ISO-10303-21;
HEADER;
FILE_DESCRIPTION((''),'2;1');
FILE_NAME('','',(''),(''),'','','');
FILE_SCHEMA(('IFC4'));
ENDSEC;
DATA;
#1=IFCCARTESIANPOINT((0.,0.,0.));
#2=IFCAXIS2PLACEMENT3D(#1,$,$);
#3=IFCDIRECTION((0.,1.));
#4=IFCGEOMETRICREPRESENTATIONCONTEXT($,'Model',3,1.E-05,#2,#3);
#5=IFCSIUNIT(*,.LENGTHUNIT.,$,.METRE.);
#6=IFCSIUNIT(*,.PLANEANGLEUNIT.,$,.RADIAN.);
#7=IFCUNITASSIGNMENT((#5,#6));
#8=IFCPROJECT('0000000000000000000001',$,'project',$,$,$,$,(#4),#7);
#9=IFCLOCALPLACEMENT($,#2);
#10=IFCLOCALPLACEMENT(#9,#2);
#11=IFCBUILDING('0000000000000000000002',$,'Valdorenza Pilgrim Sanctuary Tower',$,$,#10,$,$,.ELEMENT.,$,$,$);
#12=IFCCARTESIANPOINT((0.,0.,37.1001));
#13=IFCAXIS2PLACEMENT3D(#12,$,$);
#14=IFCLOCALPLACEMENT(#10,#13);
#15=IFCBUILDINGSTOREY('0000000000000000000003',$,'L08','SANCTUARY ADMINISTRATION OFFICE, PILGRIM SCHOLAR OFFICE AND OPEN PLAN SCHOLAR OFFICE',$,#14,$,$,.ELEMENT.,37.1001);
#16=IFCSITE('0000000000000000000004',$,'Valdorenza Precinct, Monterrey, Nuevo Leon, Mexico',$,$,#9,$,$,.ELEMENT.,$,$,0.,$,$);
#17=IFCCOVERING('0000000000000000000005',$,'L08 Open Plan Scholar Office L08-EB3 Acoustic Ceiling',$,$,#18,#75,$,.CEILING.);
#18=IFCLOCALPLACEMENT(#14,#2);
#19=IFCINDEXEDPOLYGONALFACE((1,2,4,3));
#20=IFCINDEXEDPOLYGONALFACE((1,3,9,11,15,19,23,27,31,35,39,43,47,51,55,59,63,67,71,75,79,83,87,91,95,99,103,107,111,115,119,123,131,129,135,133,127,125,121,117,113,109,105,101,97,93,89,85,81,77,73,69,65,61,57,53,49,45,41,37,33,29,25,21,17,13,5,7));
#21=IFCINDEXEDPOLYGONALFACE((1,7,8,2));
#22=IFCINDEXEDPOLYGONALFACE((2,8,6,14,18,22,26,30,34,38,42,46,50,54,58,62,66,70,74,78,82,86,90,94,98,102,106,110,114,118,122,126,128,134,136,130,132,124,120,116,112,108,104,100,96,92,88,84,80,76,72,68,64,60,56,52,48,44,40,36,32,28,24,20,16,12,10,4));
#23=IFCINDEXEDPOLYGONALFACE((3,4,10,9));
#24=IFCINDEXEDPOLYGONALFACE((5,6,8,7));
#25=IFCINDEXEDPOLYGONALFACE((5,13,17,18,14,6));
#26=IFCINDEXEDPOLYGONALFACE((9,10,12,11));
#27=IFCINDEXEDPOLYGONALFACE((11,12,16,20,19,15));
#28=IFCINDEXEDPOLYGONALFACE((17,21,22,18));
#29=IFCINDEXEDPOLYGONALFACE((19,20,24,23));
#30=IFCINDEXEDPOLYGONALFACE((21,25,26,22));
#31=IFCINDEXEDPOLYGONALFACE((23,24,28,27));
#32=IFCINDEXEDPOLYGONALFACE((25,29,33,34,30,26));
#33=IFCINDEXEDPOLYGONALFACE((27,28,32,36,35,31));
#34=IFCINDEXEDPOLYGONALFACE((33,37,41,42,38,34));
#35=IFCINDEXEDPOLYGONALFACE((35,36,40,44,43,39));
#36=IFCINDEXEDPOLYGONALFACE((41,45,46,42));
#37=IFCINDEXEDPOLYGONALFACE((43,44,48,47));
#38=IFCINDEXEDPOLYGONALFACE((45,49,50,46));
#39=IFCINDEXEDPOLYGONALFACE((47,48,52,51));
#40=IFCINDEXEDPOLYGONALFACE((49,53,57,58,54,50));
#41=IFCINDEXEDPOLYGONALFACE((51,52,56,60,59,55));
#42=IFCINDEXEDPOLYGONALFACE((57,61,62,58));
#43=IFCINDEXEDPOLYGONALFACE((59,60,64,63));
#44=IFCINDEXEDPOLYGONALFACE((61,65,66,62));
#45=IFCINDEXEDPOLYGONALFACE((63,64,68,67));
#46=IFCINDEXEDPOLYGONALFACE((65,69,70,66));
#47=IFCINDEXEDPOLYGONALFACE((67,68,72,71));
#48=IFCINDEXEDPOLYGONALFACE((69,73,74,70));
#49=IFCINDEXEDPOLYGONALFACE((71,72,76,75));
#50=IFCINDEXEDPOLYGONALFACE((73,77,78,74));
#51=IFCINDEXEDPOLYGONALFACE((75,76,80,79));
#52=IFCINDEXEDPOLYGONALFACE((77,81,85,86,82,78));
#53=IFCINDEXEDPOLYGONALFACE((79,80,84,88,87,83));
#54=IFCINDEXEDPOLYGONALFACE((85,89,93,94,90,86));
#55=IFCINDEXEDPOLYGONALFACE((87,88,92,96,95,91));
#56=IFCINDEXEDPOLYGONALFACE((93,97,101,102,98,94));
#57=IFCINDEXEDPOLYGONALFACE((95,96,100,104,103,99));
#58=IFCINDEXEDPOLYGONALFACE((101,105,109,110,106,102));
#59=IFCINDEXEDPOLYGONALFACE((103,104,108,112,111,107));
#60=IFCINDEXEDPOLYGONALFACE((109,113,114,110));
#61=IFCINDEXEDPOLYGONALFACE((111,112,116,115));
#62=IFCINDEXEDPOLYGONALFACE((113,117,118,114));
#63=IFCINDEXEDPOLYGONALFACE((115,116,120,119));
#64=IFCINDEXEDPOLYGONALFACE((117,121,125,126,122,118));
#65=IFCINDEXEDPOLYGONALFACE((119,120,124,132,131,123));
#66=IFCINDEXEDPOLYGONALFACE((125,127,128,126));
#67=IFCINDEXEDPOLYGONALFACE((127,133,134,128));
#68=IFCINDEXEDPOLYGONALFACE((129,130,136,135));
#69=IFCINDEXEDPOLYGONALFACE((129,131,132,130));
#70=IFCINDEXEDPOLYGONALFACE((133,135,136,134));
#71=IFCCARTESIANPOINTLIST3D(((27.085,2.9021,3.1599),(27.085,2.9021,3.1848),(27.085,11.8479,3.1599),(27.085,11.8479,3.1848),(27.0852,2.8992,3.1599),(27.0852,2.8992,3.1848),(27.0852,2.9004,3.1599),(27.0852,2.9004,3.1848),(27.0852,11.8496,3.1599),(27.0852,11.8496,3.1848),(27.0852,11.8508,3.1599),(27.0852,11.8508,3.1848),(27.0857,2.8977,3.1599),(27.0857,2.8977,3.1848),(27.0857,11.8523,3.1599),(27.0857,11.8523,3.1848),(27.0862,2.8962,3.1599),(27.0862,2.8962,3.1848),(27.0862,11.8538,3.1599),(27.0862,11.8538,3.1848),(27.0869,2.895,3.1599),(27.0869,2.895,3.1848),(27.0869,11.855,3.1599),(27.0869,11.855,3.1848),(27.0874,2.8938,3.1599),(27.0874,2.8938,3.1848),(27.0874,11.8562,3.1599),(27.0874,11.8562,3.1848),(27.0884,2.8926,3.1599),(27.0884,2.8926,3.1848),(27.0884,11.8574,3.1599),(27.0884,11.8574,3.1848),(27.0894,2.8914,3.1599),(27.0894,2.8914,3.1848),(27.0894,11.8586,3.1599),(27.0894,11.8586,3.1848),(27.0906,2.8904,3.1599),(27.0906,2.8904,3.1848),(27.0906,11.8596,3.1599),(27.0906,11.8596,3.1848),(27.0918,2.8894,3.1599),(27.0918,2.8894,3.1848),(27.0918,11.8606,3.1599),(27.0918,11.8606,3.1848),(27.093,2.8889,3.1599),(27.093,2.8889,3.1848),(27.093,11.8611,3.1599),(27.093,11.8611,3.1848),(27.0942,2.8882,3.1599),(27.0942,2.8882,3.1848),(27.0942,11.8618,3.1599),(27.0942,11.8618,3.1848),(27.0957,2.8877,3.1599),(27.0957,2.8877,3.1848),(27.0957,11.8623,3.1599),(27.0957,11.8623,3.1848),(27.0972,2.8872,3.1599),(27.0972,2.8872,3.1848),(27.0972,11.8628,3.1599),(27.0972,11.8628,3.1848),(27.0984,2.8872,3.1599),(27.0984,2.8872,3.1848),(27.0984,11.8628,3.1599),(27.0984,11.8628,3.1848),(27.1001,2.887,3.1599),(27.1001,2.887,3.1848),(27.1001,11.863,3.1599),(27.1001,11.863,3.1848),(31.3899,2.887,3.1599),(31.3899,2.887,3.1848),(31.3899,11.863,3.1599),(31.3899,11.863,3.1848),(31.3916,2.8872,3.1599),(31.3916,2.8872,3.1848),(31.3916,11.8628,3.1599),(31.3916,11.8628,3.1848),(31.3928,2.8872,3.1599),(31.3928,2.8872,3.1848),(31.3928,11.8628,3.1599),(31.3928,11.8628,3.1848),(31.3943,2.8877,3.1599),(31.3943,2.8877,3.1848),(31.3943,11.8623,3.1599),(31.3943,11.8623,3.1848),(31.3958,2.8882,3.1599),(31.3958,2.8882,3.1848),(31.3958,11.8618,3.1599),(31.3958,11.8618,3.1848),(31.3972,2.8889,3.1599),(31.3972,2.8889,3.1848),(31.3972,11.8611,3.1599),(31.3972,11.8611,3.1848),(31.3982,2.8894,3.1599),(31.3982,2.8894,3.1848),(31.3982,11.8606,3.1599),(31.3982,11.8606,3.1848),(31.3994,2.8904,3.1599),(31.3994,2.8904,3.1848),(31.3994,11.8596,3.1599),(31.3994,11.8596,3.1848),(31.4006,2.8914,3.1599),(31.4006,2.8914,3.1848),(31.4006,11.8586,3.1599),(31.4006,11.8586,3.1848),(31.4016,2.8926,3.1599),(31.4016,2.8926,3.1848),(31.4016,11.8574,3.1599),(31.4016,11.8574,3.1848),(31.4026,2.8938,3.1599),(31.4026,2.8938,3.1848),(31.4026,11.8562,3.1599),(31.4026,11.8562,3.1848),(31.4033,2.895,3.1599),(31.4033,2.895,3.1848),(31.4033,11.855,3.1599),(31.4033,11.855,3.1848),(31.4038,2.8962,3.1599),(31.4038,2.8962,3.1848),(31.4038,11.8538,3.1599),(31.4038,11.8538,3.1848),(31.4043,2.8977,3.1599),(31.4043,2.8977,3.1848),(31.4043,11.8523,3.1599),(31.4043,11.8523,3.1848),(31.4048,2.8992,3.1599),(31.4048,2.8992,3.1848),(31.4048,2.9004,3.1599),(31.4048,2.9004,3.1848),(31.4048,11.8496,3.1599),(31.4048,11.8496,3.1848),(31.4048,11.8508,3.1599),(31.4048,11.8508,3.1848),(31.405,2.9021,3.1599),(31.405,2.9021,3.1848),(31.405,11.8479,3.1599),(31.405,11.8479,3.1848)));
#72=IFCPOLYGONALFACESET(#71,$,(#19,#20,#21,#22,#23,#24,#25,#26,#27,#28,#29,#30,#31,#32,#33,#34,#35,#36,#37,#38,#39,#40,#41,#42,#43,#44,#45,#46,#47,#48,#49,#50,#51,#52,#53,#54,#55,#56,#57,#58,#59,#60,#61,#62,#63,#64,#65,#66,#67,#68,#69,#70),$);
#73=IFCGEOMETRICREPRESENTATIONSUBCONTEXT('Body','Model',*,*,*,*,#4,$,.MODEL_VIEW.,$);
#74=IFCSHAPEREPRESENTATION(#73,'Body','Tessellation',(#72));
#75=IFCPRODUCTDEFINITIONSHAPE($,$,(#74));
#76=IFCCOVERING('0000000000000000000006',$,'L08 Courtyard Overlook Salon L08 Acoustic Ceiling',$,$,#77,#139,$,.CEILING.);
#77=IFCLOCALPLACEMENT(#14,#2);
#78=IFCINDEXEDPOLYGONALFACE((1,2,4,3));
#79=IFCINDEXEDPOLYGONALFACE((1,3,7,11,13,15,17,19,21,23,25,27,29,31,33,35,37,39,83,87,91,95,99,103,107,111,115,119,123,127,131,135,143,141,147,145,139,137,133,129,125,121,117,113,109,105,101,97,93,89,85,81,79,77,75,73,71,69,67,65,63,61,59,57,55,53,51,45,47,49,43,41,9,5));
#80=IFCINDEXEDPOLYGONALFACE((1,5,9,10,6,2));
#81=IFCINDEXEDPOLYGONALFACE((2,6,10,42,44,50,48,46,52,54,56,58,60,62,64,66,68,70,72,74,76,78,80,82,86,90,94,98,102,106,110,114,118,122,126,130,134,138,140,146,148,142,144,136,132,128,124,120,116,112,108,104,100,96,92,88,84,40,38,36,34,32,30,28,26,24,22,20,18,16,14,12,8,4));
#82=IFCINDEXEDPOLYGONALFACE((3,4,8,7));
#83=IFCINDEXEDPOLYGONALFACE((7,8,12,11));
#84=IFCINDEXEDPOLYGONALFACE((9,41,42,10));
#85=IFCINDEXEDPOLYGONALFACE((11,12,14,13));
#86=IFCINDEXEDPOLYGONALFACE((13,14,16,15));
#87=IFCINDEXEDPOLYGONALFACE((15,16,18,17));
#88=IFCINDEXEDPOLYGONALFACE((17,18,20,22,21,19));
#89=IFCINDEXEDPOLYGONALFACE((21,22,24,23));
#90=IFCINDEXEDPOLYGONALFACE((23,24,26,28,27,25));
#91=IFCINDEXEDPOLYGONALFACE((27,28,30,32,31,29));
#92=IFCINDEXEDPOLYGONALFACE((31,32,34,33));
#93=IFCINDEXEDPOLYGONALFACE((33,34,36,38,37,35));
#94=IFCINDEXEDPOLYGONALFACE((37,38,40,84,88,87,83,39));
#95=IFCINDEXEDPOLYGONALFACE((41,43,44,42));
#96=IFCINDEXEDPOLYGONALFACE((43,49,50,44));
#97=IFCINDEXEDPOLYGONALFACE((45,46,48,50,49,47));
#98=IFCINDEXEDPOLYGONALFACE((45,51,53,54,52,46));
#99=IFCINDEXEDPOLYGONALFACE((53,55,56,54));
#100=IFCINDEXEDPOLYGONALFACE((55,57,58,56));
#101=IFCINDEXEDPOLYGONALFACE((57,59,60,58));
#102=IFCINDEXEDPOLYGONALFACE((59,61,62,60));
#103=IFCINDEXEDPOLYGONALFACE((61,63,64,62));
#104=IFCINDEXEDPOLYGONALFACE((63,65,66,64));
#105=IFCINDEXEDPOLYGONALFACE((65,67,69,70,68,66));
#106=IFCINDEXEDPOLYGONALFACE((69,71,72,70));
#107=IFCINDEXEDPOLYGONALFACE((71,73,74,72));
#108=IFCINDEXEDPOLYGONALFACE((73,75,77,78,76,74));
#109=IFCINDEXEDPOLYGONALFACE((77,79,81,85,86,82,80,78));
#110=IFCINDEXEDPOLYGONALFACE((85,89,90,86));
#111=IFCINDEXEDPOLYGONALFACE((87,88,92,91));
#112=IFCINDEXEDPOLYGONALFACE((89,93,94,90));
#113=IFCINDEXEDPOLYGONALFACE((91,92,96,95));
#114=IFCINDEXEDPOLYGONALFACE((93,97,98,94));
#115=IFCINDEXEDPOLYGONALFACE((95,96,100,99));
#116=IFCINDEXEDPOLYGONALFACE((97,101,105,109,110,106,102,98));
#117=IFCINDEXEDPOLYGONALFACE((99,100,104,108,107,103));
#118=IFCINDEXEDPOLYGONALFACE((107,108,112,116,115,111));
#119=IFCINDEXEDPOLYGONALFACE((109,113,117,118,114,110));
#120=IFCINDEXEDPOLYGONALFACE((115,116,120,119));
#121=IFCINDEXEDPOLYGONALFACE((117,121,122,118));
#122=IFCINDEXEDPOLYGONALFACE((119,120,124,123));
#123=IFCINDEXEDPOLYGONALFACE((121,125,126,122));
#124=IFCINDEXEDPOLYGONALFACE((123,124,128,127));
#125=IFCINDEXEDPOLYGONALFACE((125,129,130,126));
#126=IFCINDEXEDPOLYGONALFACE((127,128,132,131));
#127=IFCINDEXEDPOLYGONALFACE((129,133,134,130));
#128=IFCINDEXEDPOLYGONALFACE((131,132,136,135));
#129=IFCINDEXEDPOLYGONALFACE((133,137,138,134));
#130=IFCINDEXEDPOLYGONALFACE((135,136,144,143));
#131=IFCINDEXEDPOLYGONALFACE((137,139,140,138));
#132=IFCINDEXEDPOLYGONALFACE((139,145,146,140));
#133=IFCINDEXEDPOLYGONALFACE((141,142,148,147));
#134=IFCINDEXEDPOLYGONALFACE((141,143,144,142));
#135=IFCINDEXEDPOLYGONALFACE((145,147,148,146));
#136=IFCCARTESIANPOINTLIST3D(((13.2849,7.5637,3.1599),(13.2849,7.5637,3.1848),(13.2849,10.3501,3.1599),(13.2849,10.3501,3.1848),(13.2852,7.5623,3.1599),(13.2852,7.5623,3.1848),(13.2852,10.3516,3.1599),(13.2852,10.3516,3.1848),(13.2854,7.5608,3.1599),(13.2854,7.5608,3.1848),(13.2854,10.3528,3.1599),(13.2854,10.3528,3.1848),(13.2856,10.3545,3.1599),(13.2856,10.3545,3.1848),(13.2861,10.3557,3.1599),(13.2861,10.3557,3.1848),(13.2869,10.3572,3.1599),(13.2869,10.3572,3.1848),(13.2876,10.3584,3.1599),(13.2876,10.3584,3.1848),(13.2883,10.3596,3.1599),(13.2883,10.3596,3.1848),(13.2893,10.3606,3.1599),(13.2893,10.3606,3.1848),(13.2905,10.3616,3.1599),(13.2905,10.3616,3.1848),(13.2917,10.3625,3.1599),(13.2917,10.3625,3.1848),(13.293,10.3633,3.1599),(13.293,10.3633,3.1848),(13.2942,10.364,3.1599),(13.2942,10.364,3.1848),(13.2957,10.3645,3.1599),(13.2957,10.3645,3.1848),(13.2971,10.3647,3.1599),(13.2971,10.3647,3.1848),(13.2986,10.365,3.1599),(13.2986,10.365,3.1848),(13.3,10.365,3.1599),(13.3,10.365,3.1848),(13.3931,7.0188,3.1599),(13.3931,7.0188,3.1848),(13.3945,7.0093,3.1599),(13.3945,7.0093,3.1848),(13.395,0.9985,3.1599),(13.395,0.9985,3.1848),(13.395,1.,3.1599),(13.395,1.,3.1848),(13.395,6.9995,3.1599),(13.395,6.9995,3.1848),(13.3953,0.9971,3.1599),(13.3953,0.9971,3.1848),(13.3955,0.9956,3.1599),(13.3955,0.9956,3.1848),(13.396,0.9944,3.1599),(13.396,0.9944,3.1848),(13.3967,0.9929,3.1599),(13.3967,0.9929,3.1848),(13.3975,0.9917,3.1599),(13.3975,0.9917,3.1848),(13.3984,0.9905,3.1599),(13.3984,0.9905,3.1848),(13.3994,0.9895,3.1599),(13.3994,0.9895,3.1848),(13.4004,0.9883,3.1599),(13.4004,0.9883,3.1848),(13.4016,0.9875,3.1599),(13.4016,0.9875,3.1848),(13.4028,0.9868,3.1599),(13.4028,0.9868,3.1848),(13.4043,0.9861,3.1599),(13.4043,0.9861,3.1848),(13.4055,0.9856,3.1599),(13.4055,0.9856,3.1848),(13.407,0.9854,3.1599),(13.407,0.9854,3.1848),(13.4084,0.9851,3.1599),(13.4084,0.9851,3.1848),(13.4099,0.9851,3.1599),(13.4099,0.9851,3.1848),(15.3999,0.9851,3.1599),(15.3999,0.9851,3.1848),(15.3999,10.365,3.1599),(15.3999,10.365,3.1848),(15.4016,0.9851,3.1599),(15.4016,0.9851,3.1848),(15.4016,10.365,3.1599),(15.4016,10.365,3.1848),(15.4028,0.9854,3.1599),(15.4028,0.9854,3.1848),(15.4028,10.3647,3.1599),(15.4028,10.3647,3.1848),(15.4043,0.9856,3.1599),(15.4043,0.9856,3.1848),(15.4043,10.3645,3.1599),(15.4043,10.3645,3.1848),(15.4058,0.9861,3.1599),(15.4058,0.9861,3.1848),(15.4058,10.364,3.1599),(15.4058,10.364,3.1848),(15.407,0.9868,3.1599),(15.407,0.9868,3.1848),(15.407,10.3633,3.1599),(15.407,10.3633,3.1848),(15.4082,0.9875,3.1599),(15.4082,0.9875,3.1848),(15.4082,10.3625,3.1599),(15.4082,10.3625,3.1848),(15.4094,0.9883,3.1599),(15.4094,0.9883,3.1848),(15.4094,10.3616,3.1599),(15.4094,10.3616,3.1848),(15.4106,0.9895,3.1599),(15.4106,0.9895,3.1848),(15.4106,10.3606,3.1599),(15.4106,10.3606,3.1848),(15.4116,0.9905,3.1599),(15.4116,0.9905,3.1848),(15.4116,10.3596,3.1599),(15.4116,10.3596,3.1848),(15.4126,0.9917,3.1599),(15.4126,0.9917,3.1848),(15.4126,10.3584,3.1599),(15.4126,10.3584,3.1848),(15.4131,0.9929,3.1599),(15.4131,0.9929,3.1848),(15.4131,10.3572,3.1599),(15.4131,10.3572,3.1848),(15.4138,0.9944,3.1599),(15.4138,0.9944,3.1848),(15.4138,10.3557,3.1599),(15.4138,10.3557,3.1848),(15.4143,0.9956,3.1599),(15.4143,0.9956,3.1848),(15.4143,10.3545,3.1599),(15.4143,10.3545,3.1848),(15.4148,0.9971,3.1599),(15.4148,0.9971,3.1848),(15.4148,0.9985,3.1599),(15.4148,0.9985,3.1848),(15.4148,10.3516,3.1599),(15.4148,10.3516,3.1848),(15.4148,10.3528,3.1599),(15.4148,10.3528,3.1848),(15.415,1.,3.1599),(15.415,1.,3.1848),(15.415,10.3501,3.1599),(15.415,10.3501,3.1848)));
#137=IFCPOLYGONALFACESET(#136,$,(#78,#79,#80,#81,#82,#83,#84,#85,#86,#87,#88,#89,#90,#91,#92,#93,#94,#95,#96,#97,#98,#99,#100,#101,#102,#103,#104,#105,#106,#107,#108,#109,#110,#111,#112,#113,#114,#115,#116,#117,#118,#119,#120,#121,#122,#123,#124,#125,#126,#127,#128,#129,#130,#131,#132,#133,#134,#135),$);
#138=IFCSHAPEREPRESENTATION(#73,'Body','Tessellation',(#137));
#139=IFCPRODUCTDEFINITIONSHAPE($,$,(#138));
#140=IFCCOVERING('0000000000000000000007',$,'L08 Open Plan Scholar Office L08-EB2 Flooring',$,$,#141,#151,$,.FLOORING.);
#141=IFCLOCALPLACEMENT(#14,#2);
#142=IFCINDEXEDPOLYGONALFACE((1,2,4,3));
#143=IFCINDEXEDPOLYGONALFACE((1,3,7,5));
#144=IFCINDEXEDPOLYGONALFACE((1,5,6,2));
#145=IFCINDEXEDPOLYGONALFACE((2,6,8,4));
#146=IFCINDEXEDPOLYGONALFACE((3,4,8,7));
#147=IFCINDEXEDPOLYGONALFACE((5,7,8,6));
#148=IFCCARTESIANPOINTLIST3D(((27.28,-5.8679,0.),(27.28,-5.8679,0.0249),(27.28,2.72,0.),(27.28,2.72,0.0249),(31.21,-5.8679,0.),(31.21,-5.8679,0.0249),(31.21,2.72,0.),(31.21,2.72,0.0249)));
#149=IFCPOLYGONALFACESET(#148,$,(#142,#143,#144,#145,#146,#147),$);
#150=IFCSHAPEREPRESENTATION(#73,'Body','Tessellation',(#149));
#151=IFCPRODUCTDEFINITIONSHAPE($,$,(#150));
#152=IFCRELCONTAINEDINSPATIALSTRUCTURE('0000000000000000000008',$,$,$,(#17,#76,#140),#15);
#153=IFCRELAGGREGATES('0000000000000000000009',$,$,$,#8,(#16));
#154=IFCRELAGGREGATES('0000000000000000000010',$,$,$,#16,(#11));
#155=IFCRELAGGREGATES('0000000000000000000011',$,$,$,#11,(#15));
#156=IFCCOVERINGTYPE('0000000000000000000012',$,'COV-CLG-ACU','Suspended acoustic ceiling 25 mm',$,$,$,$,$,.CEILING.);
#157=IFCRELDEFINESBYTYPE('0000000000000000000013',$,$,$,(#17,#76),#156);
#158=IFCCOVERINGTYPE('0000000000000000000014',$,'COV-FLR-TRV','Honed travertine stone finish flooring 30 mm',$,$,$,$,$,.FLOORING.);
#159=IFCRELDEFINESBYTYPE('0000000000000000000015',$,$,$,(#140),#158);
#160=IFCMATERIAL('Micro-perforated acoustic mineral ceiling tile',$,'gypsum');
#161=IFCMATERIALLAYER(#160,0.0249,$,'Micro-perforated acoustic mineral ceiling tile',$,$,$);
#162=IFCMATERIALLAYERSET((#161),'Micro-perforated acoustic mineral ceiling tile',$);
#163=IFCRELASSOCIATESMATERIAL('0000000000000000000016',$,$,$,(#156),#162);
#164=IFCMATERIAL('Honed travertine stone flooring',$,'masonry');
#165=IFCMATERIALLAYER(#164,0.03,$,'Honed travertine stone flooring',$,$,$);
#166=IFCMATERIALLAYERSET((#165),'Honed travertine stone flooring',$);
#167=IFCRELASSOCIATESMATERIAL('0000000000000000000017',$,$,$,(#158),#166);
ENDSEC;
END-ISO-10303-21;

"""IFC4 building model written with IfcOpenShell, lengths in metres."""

from ifc_helpers import new_model, si_unit, direction, frame, origin, place, context, subcontext, project, spatial, polyline, outline, extrude, material, layer, layer_set, type_object, element, save


model = new_model("IFC4")

# Units and contexts
model_context = context("Model", 3, precision=1e-05, world=origin(), true_north=direction((0.0, 1.0)))
body_context = subcontext(model_context, "Body", "Model", "MODEL_VIEW")
ifc_project = project(units=[si_unit("LENGTHUNIT", "METRE"), si_unit("PLANEANGLEUNIT", "RADIAN")], contexts=[model_context])

# Site, building, storey
site_placement = place(None, origin())
site = spatial("IfcSite", under=ifc_project, at=site_placement, Name="Valdorenza Precinct, Monterrey, Nuevo Leon, Mexico", CompositionType="ELEMENT", RefElevation=0.0)
building_placement = place(site_placement, origin())
building = spatial("IfcBuilding", under=site, at=building_placement, Name="Valdorenza Pilgrim Sanctuary Tower", CompositionType="ELEMENT")
storey_placement = place(building_placement, frame((0.0, 0.0, 37.1001)))
storey = spatial("IfcBuildingStorey", under=building, at=storey_placement, Name="L08", Description="SANCTUARY ADMINISTRATION OFFICE, PILGRIM SCHOLAR OFFICE AND OPEN PLAN SCHOLAR OFFICE", CompositionType="ELEMENT", Elevation=37.1001)

# Coverings
ifc_material_1 = material(Name="Micro-perforated acoustic mineral ceiling tile", Category="gypsum")
ifc_layer_1 = layer(ifc_material_1, 0.0249, Name="Micro-perforated acoustic mineral ceiling tile")
ifc_layer_set_1 = layer_set([ifc_layer_1], Name="Micro-perforated acoustic mineral ceiling tile")
covering_type_1 = type_object("IfcCoveringType", Name="COV-CLG-ACU", Description="Suspended acoustic ceiling 25 mm", PredefinedType="CEILING", material=ifc_layer_set_1)
covering_1_placement = place(storey_placement, frame((0.0, 0.0, 3.1599)))
element("IfcCovering", 1, at=covering_1_placement, inside=storey, type_object=covering_type_1, Name="L08 Open Plan Scholar Office L08-EB3 Acoustic Ceiling", PredefinedType="CEILING", context=body_context, shape_type="SweptSolid", body=[
    extrude(outline(polyline([(27.085, 11.8479), (27.0852, 11.8496), (27.0852, 11.8508), (27.0857, 11.8523), (27.0862, 11.8538), (27.0869, 11.855), (27.0874, 11.8562), (27.0884, 11.8574), (27.0894, 11.8586), (27.0906, 11.8596), (27.0918, 11.8606), (27.093, 11.8611), (27.0942, 11.8618), (27.0957, 11.8623), (27.0972, 11.8628), (27.0984, 11.8628), (27.1001, 11.863), (31.3899, 11.863), (31.3916, 11.8628), (31.3928, 11.8628), (31.3943, 11.8623), (31.3958, 11.8618), (31.3972, 11.8611), (31.3982, 11.8606), (31.3994, 11.8596), (31.4006, 11.8586), (31.4016, 11.8574), (31.4026, 11.8562), (31.4033, 11.855), (31.4038, 11.8538), (31.4043, 11.8523), (31.4048, 11.8508), (31.4048, 11.8496), (31.405, 11.8479), (31.405, 2.9021), (31.4048, 2.9004), (31.4048, 2.8992), (31.4043, 2.8977), (31.4038, 2.8962), (31.4033, 2.895), (31.4026, 2.8938), (31.4016, 2.8926), (31.4006, 2.8914), (31.3994, 2.8904), (31.3982, 2.8894), (31.3972, 2.8889), (31.3958, 2.8882), (31.3943, 2.8877), (31.3928, 2.8872), (31.3916, 2.8872), (31.3899, 2.887), (27.1001, 2.887), (27.0984, 2.8872), (27.0972, 2.8872), (27.0957, 2.8877), (27.0942, 2.8882), (27.093, 2.8889), (27.0918, 2.8894), (27.0906, 2.8904), (27.0894, 2.8914), (27.0884, 2.8926), (27.0874, 2.8938), (27.0869, 2.895), (27.0862, 2.8962), (27.0857, 2.8977), (27.0852, 2.8992), (27.0852, 2.9004), (27.085, 2.9021), (27.085, 11.8479)])), origin(), (0.0, 0.0, 1.0), 0.0249),
])
covering_2_placement = place(storey_placement, frame((0.0, 0.0, 3.1599)))
element("IfcCovering", 2, at=covering_2_placement, inside=storey, type_object=covering_type_1, Name="L08 Courtyard Overlook Salon L08 Acoustic Ceiling", PredefinedType="CEILING", context=body_context, shape_type="SweptSolid", body=[
    extrude(outline(polyline([(15.3999, 10.365), (15.4016, 10.365), (15.4028, 10.3647), (15.4043, 10.3645), (15.4058, 10.364), (15.407, 10.3633), (15.4082, 10.3625), (15.4094, 10.3616), (15.4106, 10.3606), (15.4116, 10.3596), (15.4126, 10.3584), (15.4131, 10.3572), (15.4138, 10.3557), (15.4143, 10.3545), (15.4148, 10.3528), (15.4148, 10.3516), (15.415, 10.3501), (15.415, 1.0), (15.4148, 0.9985), (15.4148, 0.9971), (15.4143, 0.9956), (15.4138, 0.9944), (15.4131, 0.9929), (15.4126, 0.9917), (15.4116, 0.9905), (15.4106, 0.9895), (15.4094, 0.9883), (15.4082, 0.9875), (15.407, 0.9868), (15.4058, 0.9861), (15.4043, 0.9856), (15.4028, 0.9854), (15.4016, 0.9851), (15.3999, 0.9851), (13.4099, 0.9851), (13.4084, 0.9851), (13.407, 0.9854), (13.4055, 0.9856), (13.4043, 0.9861), (13.4028, 0.9868), (13.4016, 0.9875), (13.4004, 0.9883), (13.3994, 0.9895), (13.3984, 0.9905), (13.3975, 0.9917), (13.3967, 0.9929), (13.396, 0.9944), (13.3955, 0.9956), (13.3953, 0.9971), (13.395, 0.9985), (13.395, 1.0), (13.395, 6.9995), (13.3945, 7.0093), (13.3931, 7.0188), (13.2854, 7.5608), (13.2852, 7.5623), (13.2849, 7.5637), (13.2849, 10.3501), (13.2852, 10.3516), (13.2854, 10.3528), (13.2856, 10.3545), (13.2861, 10.3557), (13.2869, 10.3572), (13.2876, 10.3584), (13.2883, 10.3596), (13.2893, 10.3606), (13.2905, 10.3616), (13.2917, 10.3625), (13.293, 10.3633), (13.2942, 10.364), (13.2957, 10.3645), (13.2971, 10.3647), (13.2986, 10.365), (13.3, 10.365), (15.3999, 10.365)])), origin(), (0.0, 0.0, 1.0), 0.0249),
])
ifc_material_2 = material(Name="Honed travertine stone flooring", Category="masonry")
ifc_layer_2 = layer(ifc_material_2, 0.03, Name="Honed travertine stone flooring")
ifc_layer_set_2 = layer_set([ifc_layer_2], Name="Honed travertine stone flooring")
covering_type_2 = type_object("IfcCoveringType", Name="COV-FLR-TRV", Description="Honed travertine stone finish flooring 30 mm", PredefinedType="FLOORING", material=ifc_layer_set_2)
covering_3_placement = place(storey_placement, origin())
element("IfcCovering", 3, at=covering_3_placement, inside=storey, type_object=covering_type_2, Name="L08 Open Plan Scholar Office L08-EB2 Flooring", PredefinedType="FLOORING", context=body_context, shape_type="SweptSolid", body=[
    extrude(outline(polyline([(27.28, 2.72), (31.21, 2.72), (31.21, -5.8679), (27.28, -5.8679), (27.28, 2.72)])), origin(), (0.0, 0.0, 1.0), 0.0249),
])

save(model, "model.ifc")
